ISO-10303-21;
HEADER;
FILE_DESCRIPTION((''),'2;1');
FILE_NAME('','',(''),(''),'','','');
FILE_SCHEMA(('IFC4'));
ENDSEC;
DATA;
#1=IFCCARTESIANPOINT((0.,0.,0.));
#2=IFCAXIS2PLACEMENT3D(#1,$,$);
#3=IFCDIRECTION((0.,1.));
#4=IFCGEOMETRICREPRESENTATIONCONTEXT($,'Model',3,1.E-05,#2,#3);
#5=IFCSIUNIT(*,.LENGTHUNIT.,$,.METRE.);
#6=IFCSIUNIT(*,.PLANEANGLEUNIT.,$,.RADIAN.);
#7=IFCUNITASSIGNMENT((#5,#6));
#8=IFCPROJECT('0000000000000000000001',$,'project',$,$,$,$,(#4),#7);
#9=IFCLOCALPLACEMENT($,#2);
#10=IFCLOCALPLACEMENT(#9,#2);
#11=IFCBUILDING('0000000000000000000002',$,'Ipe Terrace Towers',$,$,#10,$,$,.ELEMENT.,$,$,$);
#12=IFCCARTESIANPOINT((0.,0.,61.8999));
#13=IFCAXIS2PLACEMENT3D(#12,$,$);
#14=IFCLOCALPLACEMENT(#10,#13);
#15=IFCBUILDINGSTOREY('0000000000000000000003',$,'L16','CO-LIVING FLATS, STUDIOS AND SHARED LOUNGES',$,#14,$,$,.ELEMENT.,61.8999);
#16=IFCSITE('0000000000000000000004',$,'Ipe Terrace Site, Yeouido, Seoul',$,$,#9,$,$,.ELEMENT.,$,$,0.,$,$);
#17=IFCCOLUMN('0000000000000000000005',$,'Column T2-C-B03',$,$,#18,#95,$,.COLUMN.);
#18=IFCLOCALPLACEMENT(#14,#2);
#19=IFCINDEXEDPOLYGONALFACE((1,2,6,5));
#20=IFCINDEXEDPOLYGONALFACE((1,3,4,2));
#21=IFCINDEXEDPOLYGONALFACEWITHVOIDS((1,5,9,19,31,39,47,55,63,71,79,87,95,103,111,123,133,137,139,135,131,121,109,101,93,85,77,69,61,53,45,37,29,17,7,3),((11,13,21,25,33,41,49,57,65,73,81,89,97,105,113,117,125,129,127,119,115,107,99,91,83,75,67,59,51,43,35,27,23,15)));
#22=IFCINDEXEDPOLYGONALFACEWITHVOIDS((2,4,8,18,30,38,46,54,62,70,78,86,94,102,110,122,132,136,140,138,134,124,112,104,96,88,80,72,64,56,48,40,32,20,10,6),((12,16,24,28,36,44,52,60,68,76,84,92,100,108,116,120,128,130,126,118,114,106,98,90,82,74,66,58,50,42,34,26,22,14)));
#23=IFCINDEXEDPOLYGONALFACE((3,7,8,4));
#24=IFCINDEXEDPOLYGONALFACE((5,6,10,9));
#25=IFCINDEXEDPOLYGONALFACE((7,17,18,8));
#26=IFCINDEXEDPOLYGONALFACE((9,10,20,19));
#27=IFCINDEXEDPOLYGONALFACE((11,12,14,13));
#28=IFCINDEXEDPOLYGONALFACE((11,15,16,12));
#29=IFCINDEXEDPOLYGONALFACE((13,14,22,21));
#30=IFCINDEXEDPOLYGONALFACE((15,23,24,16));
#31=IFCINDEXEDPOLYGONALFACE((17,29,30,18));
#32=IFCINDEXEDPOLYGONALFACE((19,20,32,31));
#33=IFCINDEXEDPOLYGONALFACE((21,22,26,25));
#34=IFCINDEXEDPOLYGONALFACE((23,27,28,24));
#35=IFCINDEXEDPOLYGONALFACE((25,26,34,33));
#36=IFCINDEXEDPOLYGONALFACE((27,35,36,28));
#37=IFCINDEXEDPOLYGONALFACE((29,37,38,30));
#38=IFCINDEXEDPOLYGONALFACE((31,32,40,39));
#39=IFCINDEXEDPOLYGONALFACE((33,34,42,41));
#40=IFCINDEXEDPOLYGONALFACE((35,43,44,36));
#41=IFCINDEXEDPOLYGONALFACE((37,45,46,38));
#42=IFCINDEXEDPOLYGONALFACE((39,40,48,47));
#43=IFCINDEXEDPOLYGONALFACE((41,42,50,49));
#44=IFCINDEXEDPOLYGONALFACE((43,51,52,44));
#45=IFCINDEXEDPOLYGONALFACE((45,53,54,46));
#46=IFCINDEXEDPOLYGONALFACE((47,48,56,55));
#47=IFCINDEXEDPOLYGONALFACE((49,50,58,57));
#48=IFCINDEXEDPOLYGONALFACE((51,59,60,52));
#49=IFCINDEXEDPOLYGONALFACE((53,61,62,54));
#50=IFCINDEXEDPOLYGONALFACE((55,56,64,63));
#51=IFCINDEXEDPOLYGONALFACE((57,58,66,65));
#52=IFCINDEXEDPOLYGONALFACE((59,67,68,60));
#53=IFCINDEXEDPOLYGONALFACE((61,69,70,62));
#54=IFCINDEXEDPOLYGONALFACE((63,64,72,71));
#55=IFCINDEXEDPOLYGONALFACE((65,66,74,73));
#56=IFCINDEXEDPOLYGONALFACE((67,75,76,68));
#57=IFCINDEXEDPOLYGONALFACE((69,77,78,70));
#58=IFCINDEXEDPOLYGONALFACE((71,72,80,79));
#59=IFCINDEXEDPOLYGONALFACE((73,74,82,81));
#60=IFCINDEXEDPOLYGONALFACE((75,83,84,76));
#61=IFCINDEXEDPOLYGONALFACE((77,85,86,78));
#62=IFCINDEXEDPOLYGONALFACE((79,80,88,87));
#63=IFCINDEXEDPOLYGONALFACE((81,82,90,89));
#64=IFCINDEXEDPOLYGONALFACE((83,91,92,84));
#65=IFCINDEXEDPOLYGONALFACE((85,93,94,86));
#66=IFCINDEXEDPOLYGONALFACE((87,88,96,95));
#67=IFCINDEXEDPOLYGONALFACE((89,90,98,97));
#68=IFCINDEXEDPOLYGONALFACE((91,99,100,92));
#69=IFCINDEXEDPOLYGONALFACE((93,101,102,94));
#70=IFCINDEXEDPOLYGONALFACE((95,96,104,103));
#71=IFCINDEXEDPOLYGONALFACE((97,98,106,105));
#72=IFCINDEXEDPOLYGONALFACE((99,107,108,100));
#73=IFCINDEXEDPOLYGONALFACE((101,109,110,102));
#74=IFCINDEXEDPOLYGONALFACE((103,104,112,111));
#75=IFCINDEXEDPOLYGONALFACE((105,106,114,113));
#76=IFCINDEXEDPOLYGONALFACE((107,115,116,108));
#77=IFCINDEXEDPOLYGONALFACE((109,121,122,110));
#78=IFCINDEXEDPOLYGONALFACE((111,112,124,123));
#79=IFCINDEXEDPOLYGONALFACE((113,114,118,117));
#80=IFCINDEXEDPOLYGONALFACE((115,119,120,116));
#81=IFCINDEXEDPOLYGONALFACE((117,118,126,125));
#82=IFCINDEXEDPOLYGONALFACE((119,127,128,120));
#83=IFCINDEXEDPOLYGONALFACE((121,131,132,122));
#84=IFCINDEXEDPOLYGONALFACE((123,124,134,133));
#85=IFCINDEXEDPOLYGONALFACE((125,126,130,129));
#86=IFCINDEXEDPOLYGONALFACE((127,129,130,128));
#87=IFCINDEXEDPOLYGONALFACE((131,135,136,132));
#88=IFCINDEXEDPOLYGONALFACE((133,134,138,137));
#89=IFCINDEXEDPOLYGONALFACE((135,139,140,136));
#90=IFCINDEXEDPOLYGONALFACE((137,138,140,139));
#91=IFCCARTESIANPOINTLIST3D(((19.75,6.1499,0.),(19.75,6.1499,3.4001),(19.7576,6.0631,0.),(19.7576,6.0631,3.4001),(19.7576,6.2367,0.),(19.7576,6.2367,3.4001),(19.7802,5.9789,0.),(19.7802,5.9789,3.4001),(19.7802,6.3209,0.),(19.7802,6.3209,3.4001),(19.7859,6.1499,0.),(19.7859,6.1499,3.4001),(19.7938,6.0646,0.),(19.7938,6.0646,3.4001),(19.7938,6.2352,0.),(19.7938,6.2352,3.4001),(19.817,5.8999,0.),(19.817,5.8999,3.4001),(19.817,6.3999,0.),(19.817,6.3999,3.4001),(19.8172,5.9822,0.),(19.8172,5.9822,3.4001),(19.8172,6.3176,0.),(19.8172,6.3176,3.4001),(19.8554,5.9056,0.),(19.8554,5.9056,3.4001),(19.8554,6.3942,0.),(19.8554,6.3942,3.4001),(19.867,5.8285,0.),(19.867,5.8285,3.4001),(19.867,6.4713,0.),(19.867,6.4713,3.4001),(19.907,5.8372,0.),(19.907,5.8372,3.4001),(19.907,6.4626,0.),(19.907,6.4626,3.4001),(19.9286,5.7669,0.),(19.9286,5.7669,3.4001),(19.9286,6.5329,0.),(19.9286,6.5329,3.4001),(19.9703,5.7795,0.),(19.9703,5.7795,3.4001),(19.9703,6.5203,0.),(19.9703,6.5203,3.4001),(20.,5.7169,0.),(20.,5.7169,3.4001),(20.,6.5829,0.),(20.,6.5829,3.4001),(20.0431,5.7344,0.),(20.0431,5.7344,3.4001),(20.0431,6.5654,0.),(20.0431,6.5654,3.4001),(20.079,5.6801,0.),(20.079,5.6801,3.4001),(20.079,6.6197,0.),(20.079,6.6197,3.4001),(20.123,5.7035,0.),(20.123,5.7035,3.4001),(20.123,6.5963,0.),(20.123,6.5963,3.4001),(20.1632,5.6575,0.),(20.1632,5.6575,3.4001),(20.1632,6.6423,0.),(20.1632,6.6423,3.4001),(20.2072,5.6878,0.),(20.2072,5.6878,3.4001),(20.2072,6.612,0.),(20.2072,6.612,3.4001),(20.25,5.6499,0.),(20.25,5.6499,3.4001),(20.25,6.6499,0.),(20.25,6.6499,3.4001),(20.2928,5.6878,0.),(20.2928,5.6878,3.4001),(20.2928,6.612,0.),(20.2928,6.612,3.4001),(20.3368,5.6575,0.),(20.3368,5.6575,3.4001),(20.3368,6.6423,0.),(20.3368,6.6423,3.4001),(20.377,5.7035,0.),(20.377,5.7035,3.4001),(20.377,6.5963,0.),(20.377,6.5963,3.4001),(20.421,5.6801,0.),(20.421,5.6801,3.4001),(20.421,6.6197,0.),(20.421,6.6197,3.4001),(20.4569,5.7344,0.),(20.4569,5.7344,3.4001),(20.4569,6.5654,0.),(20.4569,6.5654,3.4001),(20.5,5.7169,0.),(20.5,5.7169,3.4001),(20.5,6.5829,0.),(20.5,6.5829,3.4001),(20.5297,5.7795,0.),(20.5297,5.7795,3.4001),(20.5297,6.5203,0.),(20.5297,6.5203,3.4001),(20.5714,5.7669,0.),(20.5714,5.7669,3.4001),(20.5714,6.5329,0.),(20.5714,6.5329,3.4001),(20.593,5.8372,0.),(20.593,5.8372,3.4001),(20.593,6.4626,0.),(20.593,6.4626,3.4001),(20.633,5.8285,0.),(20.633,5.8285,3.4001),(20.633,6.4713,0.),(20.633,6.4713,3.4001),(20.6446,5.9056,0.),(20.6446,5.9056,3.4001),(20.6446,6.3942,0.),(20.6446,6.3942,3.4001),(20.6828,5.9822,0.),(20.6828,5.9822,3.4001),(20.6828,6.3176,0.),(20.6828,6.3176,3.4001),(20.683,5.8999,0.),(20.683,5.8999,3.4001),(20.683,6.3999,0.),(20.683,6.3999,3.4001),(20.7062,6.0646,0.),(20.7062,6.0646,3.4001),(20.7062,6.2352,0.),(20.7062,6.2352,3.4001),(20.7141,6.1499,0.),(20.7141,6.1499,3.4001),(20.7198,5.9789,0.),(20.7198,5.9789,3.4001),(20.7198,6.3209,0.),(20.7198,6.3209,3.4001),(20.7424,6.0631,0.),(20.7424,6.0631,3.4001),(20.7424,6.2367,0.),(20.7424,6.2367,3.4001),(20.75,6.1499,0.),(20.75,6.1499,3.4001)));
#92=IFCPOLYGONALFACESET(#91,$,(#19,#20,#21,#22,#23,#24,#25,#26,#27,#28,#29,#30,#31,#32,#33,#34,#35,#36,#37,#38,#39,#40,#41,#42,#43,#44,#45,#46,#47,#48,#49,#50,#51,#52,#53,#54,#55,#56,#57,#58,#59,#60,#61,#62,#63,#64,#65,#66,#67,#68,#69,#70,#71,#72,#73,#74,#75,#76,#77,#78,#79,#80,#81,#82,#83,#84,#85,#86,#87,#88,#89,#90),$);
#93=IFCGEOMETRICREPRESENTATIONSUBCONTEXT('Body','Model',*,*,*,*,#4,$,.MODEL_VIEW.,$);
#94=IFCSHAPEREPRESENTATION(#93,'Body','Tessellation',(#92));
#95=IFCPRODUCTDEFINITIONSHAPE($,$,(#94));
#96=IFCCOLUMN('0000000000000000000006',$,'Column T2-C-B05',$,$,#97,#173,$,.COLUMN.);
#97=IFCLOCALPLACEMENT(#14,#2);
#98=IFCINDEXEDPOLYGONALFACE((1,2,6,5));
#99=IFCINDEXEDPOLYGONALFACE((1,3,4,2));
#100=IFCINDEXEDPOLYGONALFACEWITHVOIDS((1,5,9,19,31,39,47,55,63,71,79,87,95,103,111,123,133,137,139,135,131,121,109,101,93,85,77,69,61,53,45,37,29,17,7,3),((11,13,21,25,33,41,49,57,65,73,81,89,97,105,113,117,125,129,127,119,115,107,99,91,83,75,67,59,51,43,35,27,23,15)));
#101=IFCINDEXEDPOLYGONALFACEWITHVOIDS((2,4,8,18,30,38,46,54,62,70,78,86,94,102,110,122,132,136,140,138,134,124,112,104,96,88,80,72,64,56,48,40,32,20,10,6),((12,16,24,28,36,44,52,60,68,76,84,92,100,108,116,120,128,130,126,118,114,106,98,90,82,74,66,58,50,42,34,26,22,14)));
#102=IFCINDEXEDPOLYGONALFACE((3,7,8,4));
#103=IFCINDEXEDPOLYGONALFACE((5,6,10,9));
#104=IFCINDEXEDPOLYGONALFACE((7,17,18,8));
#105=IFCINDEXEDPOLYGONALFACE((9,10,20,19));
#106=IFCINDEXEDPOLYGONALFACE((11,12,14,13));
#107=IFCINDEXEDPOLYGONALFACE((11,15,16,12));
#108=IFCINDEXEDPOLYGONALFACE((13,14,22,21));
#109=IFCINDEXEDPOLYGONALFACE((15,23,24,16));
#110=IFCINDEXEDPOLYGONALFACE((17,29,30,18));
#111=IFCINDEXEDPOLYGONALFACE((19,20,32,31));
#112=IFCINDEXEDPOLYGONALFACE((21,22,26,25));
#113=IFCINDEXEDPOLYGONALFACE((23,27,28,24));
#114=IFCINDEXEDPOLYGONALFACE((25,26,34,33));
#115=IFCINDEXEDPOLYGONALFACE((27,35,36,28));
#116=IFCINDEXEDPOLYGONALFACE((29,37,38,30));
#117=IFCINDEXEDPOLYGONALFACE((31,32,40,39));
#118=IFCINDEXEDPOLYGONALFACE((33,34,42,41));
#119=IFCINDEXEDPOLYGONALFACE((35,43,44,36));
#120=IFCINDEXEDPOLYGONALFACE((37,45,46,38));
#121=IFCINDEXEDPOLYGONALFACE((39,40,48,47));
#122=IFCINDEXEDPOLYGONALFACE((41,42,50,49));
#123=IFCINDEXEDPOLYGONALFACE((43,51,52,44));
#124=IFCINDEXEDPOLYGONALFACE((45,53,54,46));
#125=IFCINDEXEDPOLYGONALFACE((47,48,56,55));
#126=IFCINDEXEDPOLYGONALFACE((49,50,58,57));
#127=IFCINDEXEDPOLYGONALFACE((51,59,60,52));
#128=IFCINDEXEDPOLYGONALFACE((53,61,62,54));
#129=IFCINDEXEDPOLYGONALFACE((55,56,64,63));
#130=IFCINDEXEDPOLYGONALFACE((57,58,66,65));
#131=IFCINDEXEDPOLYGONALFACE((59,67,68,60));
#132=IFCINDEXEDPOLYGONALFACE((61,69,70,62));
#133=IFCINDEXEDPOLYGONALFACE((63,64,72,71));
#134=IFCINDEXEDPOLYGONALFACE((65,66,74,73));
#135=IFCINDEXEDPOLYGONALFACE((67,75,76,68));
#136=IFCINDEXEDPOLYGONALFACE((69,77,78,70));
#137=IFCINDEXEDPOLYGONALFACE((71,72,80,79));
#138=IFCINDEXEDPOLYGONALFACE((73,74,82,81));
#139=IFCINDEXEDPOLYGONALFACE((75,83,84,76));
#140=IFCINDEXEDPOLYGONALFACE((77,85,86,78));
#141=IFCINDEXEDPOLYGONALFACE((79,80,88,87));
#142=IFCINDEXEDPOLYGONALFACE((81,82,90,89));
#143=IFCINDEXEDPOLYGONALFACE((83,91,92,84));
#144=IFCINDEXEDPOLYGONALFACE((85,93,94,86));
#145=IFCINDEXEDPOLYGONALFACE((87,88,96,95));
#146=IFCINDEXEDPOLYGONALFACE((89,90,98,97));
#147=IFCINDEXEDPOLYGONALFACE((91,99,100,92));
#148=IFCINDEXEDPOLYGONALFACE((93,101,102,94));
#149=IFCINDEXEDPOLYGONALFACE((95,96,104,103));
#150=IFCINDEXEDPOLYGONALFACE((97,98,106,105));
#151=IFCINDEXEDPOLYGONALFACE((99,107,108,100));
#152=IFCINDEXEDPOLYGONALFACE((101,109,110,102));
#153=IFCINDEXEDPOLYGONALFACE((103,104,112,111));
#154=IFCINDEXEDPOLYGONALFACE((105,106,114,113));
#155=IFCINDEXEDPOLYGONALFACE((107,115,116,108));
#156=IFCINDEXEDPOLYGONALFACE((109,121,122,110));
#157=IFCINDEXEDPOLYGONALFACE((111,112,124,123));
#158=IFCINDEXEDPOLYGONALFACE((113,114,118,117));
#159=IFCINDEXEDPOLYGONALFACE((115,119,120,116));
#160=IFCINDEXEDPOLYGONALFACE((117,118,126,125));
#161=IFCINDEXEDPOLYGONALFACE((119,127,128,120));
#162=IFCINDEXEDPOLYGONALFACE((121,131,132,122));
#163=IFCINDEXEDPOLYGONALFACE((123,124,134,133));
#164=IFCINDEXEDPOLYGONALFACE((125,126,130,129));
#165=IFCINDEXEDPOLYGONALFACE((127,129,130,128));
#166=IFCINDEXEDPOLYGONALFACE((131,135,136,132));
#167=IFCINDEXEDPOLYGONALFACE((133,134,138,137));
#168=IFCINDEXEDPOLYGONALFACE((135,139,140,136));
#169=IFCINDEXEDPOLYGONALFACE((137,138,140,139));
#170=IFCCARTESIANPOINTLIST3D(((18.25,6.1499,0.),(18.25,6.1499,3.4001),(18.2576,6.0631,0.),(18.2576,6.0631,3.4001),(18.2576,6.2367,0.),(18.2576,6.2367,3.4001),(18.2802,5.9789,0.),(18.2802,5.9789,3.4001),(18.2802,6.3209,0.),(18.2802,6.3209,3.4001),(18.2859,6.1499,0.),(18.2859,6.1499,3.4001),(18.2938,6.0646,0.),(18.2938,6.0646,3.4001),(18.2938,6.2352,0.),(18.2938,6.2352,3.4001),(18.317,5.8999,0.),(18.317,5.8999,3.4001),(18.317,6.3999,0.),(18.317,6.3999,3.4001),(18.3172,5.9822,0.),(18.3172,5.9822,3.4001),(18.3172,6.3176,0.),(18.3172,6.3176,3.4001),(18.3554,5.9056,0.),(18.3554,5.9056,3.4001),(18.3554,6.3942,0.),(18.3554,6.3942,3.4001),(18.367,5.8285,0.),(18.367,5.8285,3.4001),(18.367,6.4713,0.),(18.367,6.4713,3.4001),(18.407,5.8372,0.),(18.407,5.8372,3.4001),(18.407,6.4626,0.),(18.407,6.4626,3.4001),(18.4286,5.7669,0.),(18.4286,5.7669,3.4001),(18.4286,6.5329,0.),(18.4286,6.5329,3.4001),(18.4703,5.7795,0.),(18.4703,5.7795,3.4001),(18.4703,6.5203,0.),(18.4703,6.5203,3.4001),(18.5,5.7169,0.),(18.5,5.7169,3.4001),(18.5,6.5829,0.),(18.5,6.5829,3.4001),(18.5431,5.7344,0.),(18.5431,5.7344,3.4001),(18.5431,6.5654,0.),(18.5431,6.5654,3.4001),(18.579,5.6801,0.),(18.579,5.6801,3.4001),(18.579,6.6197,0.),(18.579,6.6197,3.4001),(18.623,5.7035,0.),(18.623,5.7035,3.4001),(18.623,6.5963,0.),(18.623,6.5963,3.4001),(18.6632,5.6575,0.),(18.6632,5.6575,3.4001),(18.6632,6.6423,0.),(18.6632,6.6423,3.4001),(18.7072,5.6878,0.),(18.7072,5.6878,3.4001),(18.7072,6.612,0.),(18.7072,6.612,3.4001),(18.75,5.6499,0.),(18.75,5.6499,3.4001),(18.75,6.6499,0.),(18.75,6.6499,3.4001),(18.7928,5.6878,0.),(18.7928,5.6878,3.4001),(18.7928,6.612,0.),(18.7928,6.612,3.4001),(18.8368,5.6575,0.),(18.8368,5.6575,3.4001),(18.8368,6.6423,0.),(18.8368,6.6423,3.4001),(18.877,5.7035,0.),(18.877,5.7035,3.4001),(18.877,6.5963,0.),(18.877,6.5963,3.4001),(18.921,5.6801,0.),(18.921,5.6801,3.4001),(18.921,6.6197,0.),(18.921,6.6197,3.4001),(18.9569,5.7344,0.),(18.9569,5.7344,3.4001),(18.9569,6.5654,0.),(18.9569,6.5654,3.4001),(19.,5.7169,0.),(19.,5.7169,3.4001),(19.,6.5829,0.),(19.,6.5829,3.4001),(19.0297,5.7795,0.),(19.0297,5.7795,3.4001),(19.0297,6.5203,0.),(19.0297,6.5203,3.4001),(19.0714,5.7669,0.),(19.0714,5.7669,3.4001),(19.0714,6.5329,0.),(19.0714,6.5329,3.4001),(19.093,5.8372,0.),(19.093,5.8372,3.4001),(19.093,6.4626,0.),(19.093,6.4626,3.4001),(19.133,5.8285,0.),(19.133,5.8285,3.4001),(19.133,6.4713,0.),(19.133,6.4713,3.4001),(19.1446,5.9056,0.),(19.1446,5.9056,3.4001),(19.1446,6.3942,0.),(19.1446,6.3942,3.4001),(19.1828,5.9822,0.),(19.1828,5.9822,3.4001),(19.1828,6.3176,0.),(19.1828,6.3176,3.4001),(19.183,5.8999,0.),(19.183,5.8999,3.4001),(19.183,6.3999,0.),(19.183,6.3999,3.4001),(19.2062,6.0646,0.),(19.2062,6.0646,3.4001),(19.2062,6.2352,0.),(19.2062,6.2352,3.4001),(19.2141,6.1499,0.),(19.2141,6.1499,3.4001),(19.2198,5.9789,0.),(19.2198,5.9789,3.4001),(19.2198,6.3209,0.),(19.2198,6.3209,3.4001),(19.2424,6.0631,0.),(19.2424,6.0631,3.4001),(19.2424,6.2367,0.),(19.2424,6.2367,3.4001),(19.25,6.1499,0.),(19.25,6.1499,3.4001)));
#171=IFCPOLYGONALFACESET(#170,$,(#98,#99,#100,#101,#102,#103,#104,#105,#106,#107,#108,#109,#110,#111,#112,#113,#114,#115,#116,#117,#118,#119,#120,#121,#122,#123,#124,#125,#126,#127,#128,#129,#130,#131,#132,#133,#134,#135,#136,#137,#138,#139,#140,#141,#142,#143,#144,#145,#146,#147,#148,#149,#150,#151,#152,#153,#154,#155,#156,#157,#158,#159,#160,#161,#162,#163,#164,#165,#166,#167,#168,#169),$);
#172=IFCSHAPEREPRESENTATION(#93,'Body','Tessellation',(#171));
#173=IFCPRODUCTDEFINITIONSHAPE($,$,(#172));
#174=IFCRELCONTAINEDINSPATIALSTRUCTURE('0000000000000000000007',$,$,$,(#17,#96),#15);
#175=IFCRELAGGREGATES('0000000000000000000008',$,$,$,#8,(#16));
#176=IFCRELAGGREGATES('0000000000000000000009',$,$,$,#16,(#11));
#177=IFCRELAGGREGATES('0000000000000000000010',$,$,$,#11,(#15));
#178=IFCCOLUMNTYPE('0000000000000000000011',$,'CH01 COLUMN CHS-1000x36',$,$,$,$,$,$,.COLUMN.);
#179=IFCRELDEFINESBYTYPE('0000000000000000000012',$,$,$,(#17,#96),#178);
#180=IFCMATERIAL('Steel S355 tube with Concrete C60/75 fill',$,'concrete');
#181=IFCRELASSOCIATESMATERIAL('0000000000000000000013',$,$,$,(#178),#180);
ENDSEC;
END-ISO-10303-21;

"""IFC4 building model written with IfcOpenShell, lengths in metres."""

from ifc_helpers import new_model, si_unit, direction, frame, origin, origin_2d, place, context, subcontext, project, spatial, hollow_circle, extrude, material, material_profile, profile_set, type_object, element, save


model = new_model("IFC4")

# Units and contexts
model_context = context("Model", 3, precision=1e-05, world=origin(), true_north=direction((0.0, 1.0)))
body_context = subcontext(model_context, "Body", "Model", "MODEL_VIEW")
ifc_project = project(units=[si_unit("LENGTHUNIT", "METRE"), si_unit("PLANEANGLEUNIT", "RADIAN")], contexts=[model_context])

# Site, building, storey
site_placement = place(None, origin())
site = spatial("IfcSite", under=ifc_project, at=site_placement, Name="Ipe Terrace Site, Yeouido, Seoul", CompositionType="ELEMENT", RefElevation=0.0)
building_placement = place(site_placement, origin())
building = spatial("IfcBuilding", under=site, at=building_placement, Name="Ipe Terrace Towers", CompositionType="ELEMENT")
storey_placement = place(building_placement, frame((0.0, 0.0, 61.8999)))
storey = spatial("IfcBuildingStorey", under=building, at=storey_placement, Name="L16", Description="CO-LIVING FLATS, STUDIOS AND SHARED LOUNGES", CompositionType="ELEMENT", Elevation=61.8999)

# Columns
ifc_material_1 = material(Name="Steel S355 tube with Concrete C60/75 fill", Category="concrete")
ifc_material_profile_1 = material_profile(ifc_material_1, hollow_circle(Radius=0.5, WallThickness=0.0359, at=origin_2d()), Name="CHS-1000x36")
ifc_profile_set_1 = profile_set([ifc_material_profile_1], Name="Steel S355 tube with Concrete C60/75 fill")
column_type = type_object("IfcColumnType", Name="CH01 COLUMN CHS-1000x36", PredefinedType="COLUMN", material=ifc_profile_set_1)
for number, where, z_axis, x_axis, name in (
    (1, (20.25, 6.1499, 0.0), (0.0, 0.0, 1.0), (1.0, 0.0, 0.0), "Column T2-C-B03"),
    (2, (18.75, 6.1499, 0.0), (0.0, 0.0, 1.0), (1.0, 0.0, 0.0), "Column T2-C-B05"),
):
    element("IfcColumn", number, at=place(storey_placement, frame(where, z_axis=z_axis, x_axis=x_axis)), inside=storey, type_object=column_type, Name=name, PredefinedType="COLUMN", context=body_context, shape_type="SweptSolid", body=[
        extrude(hollow_circle(Radius=0.5, WallThickness=0.0359, at=origin_2d()), origin(), (0.0, 0.0, 1.0), 3.4001),
    ])

save(model, "model.ifc")
